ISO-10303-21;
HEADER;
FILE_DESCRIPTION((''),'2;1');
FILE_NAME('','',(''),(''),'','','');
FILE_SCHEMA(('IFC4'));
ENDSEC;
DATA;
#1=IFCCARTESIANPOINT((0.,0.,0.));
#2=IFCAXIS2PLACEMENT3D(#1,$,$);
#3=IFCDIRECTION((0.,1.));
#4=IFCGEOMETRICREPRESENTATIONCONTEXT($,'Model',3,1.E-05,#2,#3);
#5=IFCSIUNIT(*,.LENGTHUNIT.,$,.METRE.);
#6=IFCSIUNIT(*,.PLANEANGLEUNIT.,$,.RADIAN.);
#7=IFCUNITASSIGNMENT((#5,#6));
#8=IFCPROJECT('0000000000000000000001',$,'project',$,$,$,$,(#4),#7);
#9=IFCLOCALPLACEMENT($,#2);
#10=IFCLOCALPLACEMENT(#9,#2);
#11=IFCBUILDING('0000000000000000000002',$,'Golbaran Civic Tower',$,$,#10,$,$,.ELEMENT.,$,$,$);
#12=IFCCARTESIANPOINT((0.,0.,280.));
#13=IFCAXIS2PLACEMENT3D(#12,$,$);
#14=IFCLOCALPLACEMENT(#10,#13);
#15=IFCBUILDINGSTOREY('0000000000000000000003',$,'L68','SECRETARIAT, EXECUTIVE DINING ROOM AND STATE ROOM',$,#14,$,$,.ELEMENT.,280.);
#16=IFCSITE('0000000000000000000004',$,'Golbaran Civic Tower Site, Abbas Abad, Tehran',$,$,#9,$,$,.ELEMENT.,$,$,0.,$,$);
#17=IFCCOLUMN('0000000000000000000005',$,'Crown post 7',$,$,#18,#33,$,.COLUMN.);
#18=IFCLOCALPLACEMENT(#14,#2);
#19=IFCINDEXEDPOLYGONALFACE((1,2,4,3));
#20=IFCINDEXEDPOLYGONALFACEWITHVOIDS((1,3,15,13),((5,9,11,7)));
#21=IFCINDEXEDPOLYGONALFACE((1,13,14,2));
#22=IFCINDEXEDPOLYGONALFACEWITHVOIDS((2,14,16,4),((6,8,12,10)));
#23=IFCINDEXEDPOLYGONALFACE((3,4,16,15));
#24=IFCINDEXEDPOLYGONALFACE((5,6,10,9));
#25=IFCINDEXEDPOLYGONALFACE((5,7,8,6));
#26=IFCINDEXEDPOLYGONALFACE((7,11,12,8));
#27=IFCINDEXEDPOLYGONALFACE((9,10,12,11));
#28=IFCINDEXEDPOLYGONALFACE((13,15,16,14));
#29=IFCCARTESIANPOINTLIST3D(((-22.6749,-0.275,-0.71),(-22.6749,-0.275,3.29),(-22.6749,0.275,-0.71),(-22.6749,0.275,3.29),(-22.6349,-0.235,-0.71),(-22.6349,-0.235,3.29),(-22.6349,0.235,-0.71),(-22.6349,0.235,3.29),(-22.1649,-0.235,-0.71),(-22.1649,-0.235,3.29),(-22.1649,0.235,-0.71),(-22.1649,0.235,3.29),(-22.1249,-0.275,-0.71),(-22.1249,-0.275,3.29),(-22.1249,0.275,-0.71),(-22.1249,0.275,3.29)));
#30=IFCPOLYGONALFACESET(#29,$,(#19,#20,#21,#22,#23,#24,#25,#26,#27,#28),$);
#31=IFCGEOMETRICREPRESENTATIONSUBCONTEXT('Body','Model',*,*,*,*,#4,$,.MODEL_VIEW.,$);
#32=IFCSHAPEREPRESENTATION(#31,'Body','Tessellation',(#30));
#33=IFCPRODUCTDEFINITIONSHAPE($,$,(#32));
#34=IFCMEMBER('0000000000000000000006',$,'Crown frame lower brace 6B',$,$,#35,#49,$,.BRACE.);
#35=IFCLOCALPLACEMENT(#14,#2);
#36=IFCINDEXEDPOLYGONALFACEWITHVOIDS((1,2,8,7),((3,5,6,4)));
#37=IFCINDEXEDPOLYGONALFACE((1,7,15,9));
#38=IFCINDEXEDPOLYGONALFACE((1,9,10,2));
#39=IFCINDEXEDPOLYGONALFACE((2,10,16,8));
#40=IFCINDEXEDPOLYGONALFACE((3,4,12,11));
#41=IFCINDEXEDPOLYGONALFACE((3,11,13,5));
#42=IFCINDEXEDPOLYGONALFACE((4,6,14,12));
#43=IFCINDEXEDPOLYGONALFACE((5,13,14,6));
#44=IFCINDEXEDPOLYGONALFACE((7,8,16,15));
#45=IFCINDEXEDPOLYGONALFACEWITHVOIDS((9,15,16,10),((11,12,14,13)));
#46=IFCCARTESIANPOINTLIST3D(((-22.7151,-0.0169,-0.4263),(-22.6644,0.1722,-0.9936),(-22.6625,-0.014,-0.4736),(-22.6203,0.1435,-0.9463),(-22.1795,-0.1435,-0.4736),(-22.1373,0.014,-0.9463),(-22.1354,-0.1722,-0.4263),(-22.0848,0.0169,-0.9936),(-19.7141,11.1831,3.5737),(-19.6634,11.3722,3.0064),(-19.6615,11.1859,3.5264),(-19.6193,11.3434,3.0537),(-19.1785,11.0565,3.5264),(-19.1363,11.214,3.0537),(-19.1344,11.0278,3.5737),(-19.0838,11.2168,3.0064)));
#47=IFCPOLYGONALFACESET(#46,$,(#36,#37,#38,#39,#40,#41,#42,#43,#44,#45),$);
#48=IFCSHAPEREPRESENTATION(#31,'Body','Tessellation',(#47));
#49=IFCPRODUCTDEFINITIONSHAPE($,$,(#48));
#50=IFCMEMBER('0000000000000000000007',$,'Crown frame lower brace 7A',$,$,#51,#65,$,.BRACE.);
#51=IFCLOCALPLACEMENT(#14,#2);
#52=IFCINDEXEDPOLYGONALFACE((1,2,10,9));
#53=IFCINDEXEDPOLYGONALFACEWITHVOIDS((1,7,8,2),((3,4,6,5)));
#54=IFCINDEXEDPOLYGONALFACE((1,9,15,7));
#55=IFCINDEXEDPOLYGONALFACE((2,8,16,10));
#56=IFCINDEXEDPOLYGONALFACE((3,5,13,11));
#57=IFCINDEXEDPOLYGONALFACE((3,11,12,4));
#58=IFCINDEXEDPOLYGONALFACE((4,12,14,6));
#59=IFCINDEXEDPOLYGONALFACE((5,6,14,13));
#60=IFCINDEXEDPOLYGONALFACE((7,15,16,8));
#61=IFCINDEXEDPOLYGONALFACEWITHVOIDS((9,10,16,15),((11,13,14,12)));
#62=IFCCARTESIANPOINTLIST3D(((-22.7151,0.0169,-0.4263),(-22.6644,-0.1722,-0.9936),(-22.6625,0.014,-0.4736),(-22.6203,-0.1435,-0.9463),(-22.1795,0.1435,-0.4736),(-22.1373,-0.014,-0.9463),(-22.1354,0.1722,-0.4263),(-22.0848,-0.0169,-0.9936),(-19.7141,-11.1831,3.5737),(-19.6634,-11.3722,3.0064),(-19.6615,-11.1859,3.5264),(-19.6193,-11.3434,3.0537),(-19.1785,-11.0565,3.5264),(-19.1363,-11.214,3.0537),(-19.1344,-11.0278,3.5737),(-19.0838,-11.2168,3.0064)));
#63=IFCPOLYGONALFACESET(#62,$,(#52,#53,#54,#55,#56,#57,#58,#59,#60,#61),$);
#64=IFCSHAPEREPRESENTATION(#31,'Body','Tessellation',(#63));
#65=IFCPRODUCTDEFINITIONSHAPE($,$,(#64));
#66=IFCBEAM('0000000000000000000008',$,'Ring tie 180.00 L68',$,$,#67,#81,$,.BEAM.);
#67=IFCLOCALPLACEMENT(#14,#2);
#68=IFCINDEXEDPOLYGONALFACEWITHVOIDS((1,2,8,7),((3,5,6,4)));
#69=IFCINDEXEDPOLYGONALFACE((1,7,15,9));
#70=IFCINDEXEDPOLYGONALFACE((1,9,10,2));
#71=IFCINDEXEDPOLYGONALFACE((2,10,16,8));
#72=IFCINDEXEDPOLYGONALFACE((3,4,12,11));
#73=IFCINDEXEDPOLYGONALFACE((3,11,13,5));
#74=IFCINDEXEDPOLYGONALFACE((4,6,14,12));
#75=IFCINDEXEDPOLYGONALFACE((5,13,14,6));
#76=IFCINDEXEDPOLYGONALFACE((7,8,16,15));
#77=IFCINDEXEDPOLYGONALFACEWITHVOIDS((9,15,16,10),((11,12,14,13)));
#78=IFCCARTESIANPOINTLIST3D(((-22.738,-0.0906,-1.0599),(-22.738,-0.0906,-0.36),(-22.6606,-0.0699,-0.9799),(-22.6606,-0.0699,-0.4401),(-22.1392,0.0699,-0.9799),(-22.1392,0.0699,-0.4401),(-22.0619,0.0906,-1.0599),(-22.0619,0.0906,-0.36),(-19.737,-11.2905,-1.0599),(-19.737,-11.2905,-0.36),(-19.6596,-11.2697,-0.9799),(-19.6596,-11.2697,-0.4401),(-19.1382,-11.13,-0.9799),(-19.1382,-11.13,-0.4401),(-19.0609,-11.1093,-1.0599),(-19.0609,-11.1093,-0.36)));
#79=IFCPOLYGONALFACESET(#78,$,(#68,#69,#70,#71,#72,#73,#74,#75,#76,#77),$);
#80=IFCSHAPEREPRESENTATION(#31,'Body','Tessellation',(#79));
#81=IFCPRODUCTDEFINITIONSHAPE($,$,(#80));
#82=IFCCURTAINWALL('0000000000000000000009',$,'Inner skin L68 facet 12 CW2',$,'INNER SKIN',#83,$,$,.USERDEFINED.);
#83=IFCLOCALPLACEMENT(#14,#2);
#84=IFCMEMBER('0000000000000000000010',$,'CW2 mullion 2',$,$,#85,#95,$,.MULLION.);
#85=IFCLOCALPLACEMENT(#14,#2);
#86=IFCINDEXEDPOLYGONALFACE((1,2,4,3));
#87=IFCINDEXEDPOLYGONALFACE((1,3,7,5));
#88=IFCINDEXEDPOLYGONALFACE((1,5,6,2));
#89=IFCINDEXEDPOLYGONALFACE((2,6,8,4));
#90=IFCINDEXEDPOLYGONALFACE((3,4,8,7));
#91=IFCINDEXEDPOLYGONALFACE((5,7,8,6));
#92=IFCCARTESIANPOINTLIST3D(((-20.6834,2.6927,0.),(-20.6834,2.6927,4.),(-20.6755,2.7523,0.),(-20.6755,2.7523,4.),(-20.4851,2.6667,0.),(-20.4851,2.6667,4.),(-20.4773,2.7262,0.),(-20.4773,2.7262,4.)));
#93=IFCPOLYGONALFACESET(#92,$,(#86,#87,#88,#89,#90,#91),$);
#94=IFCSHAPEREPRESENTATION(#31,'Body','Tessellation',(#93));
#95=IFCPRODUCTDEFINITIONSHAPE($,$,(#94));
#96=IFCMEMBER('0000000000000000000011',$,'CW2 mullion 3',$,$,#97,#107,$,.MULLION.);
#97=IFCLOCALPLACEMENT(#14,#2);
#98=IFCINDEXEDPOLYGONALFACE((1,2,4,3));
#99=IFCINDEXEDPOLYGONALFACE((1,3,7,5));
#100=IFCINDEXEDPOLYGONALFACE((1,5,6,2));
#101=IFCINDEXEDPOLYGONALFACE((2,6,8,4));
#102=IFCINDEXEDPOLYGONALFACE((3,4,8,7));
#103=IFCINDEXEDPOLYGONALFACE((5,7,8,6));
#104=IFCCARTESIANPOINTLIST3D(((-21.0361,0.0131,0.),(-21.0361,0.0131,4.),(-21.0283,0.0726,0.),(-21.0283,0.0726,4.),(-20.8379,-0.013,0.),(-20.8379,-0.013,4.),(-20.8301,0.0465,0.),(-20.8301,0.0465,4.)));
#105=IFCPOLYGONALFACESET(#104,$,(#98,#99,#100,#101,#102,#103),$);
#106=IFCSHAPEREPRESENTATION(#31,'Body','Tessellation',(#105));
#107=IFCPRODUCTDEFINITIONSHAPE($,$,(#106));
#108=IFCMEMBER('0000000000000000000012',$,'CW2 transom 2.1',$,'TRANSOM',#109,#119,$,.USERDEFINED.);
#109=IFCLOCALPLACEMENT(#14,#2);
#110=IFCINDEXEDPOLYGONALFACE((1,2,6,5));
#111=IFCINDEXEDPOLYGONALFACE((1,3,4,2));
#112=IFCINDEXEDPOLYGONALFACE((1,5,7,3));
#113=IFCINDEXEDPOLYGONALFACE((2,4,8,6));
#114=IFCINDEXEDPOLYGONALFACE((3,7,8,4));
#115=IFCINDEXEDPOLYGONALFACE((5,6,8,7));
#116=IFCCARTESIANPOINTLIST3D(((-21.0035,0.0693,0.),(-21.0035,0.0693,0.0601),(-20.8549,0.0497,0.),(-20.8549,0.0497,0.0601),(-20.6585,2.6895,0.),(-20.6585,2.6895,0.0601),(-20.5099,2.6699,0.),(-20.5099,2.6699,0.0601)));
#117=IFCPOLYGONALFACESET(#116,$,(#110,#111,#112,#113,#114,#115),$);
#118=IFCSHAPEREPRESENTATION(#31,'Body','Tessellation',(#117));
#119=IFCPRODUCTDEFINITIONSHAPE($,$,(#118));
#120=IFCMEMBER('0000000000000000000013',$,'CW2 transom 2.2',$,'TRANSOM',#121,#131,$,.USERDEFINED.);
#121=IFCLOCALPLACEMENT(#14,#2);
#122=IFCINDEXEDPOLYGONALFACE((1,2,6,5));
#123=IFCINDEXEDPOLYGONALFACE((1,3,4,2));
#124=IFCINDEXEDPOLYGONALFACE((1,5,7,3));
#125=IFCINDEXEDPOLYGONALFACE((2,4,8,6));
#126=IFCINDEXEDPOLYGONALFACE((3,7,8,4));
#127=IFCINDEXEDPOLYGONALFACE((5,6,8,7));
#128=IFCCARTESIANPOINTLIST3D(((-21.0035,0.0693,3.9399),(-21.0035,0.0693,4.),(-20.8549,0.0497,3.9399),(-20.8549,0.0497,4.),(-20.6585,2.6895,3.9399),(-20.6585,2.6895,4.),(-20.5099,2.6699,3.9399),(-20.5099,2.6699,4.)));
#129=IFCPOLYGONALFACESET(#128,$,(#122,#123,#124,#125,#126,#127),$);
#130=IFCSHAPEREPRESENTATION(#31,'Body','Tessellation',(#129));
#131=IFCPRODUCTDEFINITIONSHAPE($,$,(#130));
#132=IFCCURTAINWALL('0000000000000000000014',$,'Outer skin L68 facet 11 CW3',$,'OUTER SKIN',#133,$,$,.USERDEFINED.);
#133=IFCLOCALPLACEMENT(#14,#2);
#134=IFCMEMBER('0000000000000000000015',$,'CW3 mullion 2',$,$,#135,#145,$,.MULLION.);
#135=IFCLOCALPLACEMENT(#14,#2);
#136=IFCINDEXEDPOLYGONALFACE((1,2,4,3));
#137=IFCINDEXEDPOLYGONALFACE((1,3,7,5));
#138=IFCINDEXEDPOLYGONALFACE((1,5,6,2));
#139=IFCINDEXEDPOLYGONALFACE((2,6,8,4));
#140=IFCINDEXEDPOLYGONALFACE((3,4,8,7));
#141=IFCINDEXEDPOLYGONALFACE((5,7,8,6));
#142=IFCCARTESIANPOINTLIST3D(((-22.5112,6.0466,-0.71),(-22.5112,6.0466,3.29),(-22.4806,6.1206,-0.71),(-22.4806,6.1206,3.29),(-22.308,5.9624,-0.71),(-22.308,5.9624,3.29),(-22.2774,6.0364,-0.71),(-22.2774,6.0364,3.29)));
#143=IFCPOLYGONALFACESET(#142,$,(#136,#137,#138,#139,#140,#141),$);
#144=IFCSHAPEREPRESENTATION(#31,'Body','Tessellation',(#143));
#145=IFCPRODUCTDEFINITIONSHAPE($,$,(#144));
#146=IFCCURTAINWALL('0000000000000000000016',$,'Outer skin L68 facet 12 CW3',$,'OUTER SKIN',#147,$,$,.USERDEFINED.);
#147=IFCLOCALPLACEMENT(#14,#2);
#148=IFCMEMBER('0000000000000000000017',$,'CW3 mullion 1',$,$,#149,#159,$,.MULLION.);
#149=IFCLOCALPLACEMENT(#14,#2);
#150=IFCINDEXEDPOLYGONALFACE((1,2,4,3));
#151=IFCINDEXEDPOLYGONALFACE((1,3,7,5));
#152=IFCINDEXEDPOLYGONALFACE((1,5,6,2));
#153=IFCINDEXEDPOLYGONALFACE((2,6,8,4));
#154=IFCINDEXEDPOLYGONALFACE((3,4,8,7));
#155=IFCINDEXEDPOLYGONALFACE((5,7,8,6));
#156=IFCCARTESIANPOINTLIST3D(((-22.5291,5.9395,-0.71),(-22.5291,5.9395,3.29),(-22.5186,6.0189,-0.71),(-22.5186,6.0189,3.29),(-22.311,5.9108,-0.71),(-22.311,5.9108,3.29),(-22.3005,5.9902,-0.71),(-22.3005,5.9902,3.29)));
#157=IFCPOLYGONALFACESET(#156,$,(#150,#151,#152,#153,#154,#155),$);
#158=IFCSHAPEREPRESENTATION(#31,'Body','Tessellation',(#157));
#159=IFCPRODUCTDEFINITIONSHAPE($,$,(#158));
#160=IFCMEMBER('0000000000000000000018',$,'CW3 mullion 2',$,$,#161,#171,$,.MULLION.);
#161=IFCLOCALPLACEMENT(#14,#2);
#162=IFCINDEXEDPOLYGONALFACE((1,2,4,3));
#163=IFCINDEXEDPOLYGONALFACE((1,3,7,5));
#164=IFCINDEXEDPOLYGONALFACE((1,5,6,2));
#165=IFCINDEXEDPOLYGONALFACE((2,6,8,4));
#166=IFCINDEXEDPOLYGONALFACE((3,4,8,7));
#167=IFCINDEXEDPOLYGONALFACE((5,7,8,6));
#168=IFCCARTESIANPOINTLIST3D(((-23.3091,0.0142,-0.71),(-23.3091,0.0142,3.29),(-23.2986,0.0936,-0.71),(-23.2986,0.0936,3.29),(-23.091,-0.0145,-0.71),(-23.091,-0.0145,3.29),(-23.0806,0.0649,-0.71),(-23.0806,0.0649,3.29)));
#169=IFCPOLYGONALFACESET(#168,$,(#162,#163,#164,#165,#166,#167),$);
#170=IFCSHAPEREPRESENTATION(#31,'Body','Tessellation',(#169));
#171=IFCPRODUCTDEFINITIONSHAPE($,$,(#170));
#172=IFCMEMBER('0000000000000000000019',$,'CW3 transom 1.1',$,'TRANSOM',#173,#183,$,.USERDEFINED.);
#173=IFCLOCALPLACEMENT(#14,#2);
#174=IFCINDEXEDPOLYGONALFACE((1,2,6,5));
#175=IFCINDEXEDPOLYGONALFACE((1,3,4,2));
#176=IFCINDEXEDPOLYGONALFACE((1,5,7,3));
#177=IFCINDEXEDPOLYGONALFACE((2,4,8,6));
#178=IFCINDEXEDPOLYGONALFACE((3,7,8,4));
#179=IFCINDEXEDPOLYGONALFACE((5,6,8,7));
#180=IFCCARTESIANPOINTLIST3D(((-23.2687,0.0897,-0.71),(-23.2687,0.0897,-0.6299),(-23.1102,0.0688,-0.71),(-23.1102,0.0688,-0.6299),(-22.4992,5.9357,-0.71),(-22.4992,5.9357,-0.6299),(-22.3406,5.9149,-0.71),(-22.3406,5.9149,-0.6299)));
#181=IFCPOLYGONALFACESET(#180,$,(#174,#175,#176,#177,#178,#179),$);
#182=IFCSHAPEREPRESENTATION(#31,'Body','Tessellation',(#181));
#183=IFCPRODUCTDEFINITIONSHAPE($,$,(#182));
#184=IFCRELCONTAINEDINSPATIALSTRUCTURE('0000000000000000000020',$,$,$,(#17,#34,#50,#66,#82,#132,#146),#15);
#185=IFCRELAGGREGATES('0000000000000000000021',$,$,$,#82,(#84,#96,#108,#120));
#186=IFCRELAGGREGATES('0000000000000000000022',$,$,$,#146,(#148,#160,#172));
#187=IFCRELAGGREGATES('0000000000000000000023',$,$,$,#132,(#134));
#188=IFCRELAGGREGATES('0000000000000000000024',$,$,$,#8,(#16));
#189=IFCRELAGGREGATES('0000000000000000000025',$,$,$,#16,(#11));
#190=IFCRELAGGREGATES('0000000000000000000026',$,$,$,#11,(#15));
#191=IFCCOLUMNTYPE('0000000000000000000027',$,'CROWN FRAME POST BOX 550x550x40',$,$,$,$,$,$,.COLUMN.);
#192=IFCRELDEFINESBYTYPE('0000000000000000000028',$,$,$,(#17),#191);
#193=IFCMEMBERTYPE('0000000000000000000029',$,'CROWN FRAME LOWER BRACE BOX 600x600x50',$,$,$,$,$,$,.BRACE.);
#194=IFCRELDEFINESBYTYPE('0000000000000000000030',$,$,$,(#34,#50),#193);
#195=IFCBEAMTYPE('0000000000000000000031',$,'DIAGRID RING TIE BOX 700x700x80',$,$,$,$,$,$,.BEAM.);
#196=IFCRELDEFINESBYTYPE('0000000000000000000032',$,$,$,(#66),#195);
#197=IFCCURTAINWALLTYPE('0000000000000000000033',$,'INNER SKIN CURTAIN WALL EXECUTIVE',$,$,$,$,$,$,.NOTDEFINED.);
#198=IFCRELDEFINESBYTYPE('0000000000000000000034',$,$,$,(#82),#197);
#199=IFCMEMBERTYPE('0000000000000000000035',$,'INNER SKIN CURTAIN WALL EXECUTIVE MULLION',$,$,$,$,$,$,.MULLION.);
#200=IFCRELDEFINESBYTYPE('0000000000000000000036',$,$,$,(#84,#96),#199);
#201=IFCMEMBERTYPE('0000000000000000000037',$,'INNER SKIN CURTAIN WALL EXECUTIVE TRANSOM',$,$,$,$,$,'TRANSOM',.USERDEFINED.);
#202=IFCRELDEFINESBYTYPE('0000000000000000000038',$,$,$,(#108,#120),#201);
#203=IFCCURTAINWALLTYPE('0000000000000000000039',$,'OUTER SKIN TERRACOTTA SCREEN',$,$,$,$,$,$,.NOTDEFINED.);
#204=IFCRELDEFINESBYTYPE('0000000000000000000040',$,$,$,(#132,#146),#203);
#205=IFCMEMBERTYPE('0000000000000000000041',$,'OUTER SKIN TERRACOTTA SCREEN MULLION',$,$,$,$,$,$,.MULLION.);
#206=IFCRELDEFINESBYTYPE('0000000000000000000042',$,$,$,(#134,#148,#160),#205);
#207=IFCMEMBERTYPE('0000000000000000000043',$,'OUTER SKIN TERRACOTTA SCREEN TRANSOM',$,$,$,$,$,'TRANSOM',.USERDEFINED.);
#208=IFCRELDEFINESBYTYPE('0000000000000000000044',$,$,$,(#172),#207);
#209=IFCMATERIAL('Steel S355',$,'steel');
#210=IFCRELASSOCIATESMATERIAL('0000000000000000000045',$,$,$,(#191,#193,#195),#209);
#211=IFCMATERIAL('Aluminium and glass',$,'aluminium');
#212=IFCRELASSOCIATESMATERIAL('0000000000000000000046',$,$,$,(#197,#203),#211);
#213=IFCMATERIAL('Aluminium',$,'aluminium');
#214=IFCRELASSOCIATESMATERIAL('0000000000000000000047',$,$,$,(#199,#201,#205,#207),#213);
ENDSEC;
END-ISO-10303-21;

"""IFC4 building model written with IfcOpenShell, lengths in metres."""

from ifc_helpers import new_model, si_unit, direction, frame, origin, origin_2d, place, context, subcontext, project, spatial, rectangle, hollow_rectangle, extrude, material, material_profile, profile_set, type_object, element, aggregate, save


model = new_model("IFC4")

# Units and contexts
model_context = context("Model", 3, precision=1e-05, world=origin(), true_north=direction((0.0, 1.0)))
body_context = subcontext(model_context, "Body", "Model", "MODEL_VIEW")
ifc_project = project(units=[si_unit("LENGTHUNIT", "METRE"), si_unit("PLANEANGLEUNIT", "RADIAN")], contexts=[model_context])

# Site, building, storey
site_placement = place(None, origin())
site = spatial("IfcSite", under=ifc_project, at=site_placement, Name="Golbaran Civic Tower Site, Abbas Abad, Tehran", CompositionType="ELEMENT", RefElevation=0.0)
building_placement = place(site_placement, origin())
building = spatial("IfcBuilding", under=site, at=building_placement, Name="Golbaran Civic Tower", CompositionType="ELEMENT")
storey_placement = place(building_placement, frame((0.0, 0.0, 280.0)))
storey = spatial("IfcBuildingStorey", under=building, at=storey_placement, Name="L68", Description="SECRETARIAT, EXECUTIVE DINING ROOM AND STATE ROOM", CompositionType="ELEMENT", Elevation=280.0)

# Column
ifc_material_1 = material(Name="Steel S355", Category="steel")
ifc_material_profile_1 = material_profile(ifc_material_1, hollow_rectangle(XDim=0.55, YDim=0.55, WallThickness=0.04, at=origin_2d()), Name="BOX 550x550x40")
ifc_profile_set_1 = profile_set([ifc_material_profile_1], Name="Steel S355")
column_type = type_object("IfcColumnType", Name="CROWN FRAME POST BOX 550x550x40", PredefinedType="COLUMN", material=ifc_profile_set_1)
column_placement = place(storey_placement, frame((-22.3999, 0.0, -0.71), z_axis=(0.0, 0.0, 1.0), x_axis=(1.0, 0.0, 0.0)))
element("IfcColumn", 1, at=column_placement, inside=storey, type_object=column_type, Name="Crown post 7", PredefinedType="COLUMN", context=body_context, shape_type="SweptSolid", body=[
    extrude(hollow_rectangle(XDim=0.55, YDim=0.55, WallThickness=0.04, at=origin_2d()), origin(), (0.0, 0.0, 1.0), 4.0),
])

# Members
ifc_material_profile_2 = material_profile(ifc_material_1, hollow_rectangle(XDim=0.6001, YDim=0.6001, WallThickness=0.05, at=origin_2d()), Name="BOX 600x600x50")
ifc_profile_set_2 = profile_set([ifc_material_profile_2], Name="Steel S355")
member_type_1 = type_object("IfcMemberType", Name="CROWN FRAME LOWER BRACE BOX 600x600x50", PredefinedType="BRACE", material=ifc_profile_set_2)
for number, where, z_axis, x_axis, name in (
    (2, (-22.3999, 0.0, -0.71), (0.244666, 0.913119, 0.326116), (-0.965927, 0.258816, 0.0), "Crown frame lower brace 6B"),
    (3, (-22.3999, 0.0, -0.71), (0.244666, -0.913119, 0.326116), (0.965927, 0.258816, 0.0), "Crown frame lower brace 7A"),
):
    element("IfcMember", number, at=place(storey_placement, frame(where, z_axis=z_axis, x_axis=x_axis)), inside=storey, type_object=member_type_1, Name=name, PredefinedType="BRACE", context=body_context, shape_type="SweptSolid", body=[
        extrude(hollow_rectangle(XDim=0.6001, YDim=0.6001, WallThickness=0.05, at=origin_2d()), origin(), (0.0, 0.0, 1.0), 12.2656),
    ])

# Beam
ifc_material_profile_3 = material_profile(ifc_material_1, hollow_rectangle(XDim=0.7, YDim=0.7, WallThickness=0.0801, at=origin_2d()), Name="BOX 700x700x80")
ifc_profile_set_3 = profile_set([ifc_material_profile_3], Name="Steel S355")
beam_type = type_object("IfcBeamType", Name="DIAGRID RING TIE BOX 700x700x80", PredefinedType="BEAM", material=ifc_profile_set_3)
beam_placement = place(storey_placement, frame((-22.3999, 0.0, -0.71), z_axis=(0.258816, -0.965927, 0.0), x_axis=(0.965927, 0.258816, 0.0)))
element("IfcBeam", 4, at=beam_placement, inside=storey, type_object=beam_type, Name="Ring tie 180.00 L68", PredefinedType="BEAM", context=body_context, shape_type="SweptSolid", body=[
    extrude(hollow_rectangle(XDim=0.7, YDim=0.7, WallThickness=0.0801, at=origin_2d()), origin(), (0.0, 0.0, 1.0), 11.595),
])

# Curtain wall, members
ifc_material_2 = material(Name="Aluminium and glass", Category="aluminium")
curtain_wall_type_1 = type_object("IfcCurtainWallType", Name="INNER SKIN CURTAIN WALL EXECUTIVE", PredefinedType="NOTDEFINED", material=ifc_material_2)
curtain_wall_1_placement = place(storey_placement, origin())
curtain_wall_1 = element("IfcCurtainWall", 5, at=curtain_wall_1_placement, inside=storey, type_object=curtain_wall_type_1, Name="Inner skin L68 facet 12 CW2", ObjectType="INNER SKIN", PredefinedType="USERDEFINED")
ifc_material_3 = material(Name="Aluminium", Category="aluminium")
ifc_material_profile_4 = material_profile(ifc_material_3, rectangle(XDim=0.2, YDim=0.0601, at=origin_2d()), Name="INNER SKIN CURTAIN WALL EXECUTIVE MULLION")
ifc_profile_set_4 = profile_set([ifc_material_profile_4], Name="Aluminium")
member_type_2 = type_object("IfcMemberType", Name="INNER SKIN CURTAIN WALL EXECUTIVE MULLION", PredefinedType="MULLION", material=ifc_profile_set_4)
member_1_placement = place(storey_placement, frame((-20.5803, 2.7095, 0.0), z_axis=(0.0, 0.0, 1.0), x_axis=(0.991445, -0.130526, 0.0)))
member_1 = element("IfcMember", 6, at=member_1_placement, type_object=member_type_2, Name="CW2 mullion 2", PredefinedType="MULLION", context=body_context, shape_type="SweptSolid", body=[
    extrude(rectangle(XDim=0.2, YDim=0.0601, at=origin_2d()), origin(), (0.0, 0.0, 1.0), 4.0),
])
member_2_placement = place(storey_placement, frame((-20.9331, 0.0298, 0.0), z_axis=(0.0, 0.0, 1.0), x_axis=(0.991445, -0.130526, 0.0)))
member_2 = element("IfcMember", 7, at=member_2_placement, type_object=member_type_2, Name="CW2 mullion 3", PredefinedType="MULLION", context=body_context, shape_type="SweptSolid", body=[
    extrude(rectangle(XDim=0.2, YDim=0.0601, at=origin_2d()), origin(), (0.0, 0.0, 1.0), 4.0),
])
ifc_material_profile_5 = material_profile(ifc_material_3, rectangle(XDim=0.1499, YDim=0.0601, at=origin_2d()), Name="INNER SKIN CURTAIN WALL EXECUTIVE TRANSOM")
ifc_profile_set_5 = profile_set([ifc_material_profile_5], Name="Aluminium")
member_type_3 = type_object("IfcMemberType", Name="INNER SKIN CURTAIN WALL EXECUTIVE TRANSOM", ElementType="TRANSOM", PredefinedType="USERDEFINED", material=ifc_profile_set_5)
member_3_placement = place(storey_placement, frame((-20.5842, 2.6797, 0.03), z_axis=(-0.130536, -0.991444, 0.0), x_axis=(0.991444, -0.130536, 0.0)))
member_3 = element("IfcMember", 8, at=member_3_placement, type_object=member_type_3, Name="CW2 transom 2.1", ObjectType="TRANSOM", PredefinedType="USERDEFINED", context=body_context, shape_type="SweptSolid", body=[
    extrude(rectangle(XDim=0.1499, YDim=0.0601, at=origin_2d()), origin(), (0.0, 0.0, 1.0), 2.6428),
])
member_4_placement = place(storey_placement, frame((-20.5842, 2.6797, 3.97), z_axis=(-0.130536, -0.991444, 0.0), x_axis=(0.991444, -0.130536, 0.0)))
member_4 = element("IfcMember", 9, at=member_4_placement, type_object=member_type_3, Name="CW2 transom 2.2", ObjectType="TRANSOM", PredefinedType="USERDEFINED", context=body_context, shape_type="SweptSolid", body=[
    extrude(rectangle(XDim=0.1499, YDim=0.0601, at=origin_2d()), origin(), (0.0, 0.0, 1.0), 2.6428),
])

# Curtain wall, member
curtain_wall_type_2 = type_object("IfcCurtainWallType", Name="OUTER SKIN TERRACOTTA SCREEN", PredefinedType="NOTDEFINED", material=ifc_material_2)
curtain_wall_2_placement = place(storey_placement, origin())
curtain_wall_2 = element("IfcCurtainWall", 10, at=curtain_wall_2_placement, inside=storey, type_object=curtain_wall_type_2, Name="Outer skin L68 facet 11 CW3", ObjectType="OUTER SKIN", PredefinedType="USERDEFINED")
ifc_material_profile_6 = material_profile(ifc_material_3, rectangle(XDim=0.22, YDim=0.0801, at=origin_2d()), Name="OUTER SKIN TERRACOTTA SCREEN MULLION")
ifc_profile_set_6 = profile_set([ifc_material_profile_6], Name="Aluminium")
member_type_4 = type_object("IfcMemberType", Name="OUTER SKIN TERRACOTTA SCREEN MULLION", PredefinedType="MULLION", material=ifc_profile_set_6)
member_5_placement = place(storey_placement, frame((-22.3943, 6.0415, -0.71), z_axis=(0.0, 0.0, 1.0), x_axis=(0.92388, -0.382683, 0.0)))
member_5 = element("IfcMember", 11, at=member_5_placement, type_object=member_type_4, Name="CW3 mullion 2", PredefinedType="MULLION", context=body_context, shape_type="SweptSolid", body=[
    extrude(rectangle(XDim=0.22, YDim=0.0801, at=origin_2d()), origin(), (0.0, 0.0, 1.0), 4.0),
])

# Curtain wall, members
curtain_wall_3_placement = place(storey_placement, origin())
curtain_wall_3 = element("IfcCurtainWall", 12, at=curtain_wall_3_placement, inside=storey, type_object=curtain_wall_type_2, Name="Outer skin L68 facet 12 CW3", ObjectType="OUTER SKIN", PredefinedType="USERDEFINED")
member_6_placement = place(storey_placement, frame((-22.4148, 5.9648, -0.71), z_axis=(0.0, 0.0, 1.0), x_axis=(0.991445, -0.130526, 0.0)))
member_6 = element("IfcMember", 13, at=member_6_placement, type_object=member_type_4, Name="CW3 mullion 1", PredefinedType="MULLION", context=body_context, shape_type="SweptSolid", body=[
    extrude(rectangle(XDim=0.22, YDim=0.0801, at=origin_2d()), origin(), (0.0, 0.0, 1.0), 4.0),
])
member_7_placement = place(storey_placement, frame((-23.1948, 0.0396, -0.71), z_axis=(0.0, 0.0, 1.0), x_axis=(0.991445, -0.130526, 0.0)))
member_7 = element("IfcMember", 14, at=member_7_placement, type_object=member_type_4, Name="CW3 mullion 2", PredefinedType="MULLION", context=body_context, shape_type="SweptSolid", body=[
    extrude(rectangle(XDim=0.22, YDim=0.0801, at=origin_2d()), origin(), (0.0, 0.0, 1.0), 4.0),
])
ifc_material_profile_7 = material_profile(ifc_material_3, rectangle(XDim=0.1599, YDim=0.0801, at=origin_2d()), Name="OUTER SKIN TERRACOTTA SCREEN TRANSOM")
ifc_profile_set_7 = profile_set([ifc_material_profile_7], Name="Aluminium")
member_type_5 = type_object("IfcMemberType", Name="OUTER SKIN TERRACOTTA SCREEN TRANSOM", ElementType="TRANSOM", PredefinedType="USERDEFINED", material=ifc_profile_set_7)
member_8_placement = place(storey_placement, frame((-22.4199, 5.9253, -0.6699), z_axis=(-0.130509, -0.991447, 0.0), x_axis=(0.991447, -0.130509, 0.0)))
member_8 = element("IfcMember", 15, at=member_8_placement, type_object=member_type_5, Name="CW3 transom 1.1", ObjectType="TRANSOM", PredefinedType="USERDEFINED", context=body_context, shape_type="SweptSolid", body=[
    extrude(rectangle(XDim=0.1599, YDim=0.0801, at=origin_2d()), origin(), (0.0, 0.0, 1.0), 5.8965),
])

aggregate(curtain_wall_1, [member_1, member_2, member_3, member_4])
aggregate(curtain_wall_3, [member_6, member_7, member_8])
aggregate(curtain_wall_2, [member_5])

save(model, "model.ifc")
